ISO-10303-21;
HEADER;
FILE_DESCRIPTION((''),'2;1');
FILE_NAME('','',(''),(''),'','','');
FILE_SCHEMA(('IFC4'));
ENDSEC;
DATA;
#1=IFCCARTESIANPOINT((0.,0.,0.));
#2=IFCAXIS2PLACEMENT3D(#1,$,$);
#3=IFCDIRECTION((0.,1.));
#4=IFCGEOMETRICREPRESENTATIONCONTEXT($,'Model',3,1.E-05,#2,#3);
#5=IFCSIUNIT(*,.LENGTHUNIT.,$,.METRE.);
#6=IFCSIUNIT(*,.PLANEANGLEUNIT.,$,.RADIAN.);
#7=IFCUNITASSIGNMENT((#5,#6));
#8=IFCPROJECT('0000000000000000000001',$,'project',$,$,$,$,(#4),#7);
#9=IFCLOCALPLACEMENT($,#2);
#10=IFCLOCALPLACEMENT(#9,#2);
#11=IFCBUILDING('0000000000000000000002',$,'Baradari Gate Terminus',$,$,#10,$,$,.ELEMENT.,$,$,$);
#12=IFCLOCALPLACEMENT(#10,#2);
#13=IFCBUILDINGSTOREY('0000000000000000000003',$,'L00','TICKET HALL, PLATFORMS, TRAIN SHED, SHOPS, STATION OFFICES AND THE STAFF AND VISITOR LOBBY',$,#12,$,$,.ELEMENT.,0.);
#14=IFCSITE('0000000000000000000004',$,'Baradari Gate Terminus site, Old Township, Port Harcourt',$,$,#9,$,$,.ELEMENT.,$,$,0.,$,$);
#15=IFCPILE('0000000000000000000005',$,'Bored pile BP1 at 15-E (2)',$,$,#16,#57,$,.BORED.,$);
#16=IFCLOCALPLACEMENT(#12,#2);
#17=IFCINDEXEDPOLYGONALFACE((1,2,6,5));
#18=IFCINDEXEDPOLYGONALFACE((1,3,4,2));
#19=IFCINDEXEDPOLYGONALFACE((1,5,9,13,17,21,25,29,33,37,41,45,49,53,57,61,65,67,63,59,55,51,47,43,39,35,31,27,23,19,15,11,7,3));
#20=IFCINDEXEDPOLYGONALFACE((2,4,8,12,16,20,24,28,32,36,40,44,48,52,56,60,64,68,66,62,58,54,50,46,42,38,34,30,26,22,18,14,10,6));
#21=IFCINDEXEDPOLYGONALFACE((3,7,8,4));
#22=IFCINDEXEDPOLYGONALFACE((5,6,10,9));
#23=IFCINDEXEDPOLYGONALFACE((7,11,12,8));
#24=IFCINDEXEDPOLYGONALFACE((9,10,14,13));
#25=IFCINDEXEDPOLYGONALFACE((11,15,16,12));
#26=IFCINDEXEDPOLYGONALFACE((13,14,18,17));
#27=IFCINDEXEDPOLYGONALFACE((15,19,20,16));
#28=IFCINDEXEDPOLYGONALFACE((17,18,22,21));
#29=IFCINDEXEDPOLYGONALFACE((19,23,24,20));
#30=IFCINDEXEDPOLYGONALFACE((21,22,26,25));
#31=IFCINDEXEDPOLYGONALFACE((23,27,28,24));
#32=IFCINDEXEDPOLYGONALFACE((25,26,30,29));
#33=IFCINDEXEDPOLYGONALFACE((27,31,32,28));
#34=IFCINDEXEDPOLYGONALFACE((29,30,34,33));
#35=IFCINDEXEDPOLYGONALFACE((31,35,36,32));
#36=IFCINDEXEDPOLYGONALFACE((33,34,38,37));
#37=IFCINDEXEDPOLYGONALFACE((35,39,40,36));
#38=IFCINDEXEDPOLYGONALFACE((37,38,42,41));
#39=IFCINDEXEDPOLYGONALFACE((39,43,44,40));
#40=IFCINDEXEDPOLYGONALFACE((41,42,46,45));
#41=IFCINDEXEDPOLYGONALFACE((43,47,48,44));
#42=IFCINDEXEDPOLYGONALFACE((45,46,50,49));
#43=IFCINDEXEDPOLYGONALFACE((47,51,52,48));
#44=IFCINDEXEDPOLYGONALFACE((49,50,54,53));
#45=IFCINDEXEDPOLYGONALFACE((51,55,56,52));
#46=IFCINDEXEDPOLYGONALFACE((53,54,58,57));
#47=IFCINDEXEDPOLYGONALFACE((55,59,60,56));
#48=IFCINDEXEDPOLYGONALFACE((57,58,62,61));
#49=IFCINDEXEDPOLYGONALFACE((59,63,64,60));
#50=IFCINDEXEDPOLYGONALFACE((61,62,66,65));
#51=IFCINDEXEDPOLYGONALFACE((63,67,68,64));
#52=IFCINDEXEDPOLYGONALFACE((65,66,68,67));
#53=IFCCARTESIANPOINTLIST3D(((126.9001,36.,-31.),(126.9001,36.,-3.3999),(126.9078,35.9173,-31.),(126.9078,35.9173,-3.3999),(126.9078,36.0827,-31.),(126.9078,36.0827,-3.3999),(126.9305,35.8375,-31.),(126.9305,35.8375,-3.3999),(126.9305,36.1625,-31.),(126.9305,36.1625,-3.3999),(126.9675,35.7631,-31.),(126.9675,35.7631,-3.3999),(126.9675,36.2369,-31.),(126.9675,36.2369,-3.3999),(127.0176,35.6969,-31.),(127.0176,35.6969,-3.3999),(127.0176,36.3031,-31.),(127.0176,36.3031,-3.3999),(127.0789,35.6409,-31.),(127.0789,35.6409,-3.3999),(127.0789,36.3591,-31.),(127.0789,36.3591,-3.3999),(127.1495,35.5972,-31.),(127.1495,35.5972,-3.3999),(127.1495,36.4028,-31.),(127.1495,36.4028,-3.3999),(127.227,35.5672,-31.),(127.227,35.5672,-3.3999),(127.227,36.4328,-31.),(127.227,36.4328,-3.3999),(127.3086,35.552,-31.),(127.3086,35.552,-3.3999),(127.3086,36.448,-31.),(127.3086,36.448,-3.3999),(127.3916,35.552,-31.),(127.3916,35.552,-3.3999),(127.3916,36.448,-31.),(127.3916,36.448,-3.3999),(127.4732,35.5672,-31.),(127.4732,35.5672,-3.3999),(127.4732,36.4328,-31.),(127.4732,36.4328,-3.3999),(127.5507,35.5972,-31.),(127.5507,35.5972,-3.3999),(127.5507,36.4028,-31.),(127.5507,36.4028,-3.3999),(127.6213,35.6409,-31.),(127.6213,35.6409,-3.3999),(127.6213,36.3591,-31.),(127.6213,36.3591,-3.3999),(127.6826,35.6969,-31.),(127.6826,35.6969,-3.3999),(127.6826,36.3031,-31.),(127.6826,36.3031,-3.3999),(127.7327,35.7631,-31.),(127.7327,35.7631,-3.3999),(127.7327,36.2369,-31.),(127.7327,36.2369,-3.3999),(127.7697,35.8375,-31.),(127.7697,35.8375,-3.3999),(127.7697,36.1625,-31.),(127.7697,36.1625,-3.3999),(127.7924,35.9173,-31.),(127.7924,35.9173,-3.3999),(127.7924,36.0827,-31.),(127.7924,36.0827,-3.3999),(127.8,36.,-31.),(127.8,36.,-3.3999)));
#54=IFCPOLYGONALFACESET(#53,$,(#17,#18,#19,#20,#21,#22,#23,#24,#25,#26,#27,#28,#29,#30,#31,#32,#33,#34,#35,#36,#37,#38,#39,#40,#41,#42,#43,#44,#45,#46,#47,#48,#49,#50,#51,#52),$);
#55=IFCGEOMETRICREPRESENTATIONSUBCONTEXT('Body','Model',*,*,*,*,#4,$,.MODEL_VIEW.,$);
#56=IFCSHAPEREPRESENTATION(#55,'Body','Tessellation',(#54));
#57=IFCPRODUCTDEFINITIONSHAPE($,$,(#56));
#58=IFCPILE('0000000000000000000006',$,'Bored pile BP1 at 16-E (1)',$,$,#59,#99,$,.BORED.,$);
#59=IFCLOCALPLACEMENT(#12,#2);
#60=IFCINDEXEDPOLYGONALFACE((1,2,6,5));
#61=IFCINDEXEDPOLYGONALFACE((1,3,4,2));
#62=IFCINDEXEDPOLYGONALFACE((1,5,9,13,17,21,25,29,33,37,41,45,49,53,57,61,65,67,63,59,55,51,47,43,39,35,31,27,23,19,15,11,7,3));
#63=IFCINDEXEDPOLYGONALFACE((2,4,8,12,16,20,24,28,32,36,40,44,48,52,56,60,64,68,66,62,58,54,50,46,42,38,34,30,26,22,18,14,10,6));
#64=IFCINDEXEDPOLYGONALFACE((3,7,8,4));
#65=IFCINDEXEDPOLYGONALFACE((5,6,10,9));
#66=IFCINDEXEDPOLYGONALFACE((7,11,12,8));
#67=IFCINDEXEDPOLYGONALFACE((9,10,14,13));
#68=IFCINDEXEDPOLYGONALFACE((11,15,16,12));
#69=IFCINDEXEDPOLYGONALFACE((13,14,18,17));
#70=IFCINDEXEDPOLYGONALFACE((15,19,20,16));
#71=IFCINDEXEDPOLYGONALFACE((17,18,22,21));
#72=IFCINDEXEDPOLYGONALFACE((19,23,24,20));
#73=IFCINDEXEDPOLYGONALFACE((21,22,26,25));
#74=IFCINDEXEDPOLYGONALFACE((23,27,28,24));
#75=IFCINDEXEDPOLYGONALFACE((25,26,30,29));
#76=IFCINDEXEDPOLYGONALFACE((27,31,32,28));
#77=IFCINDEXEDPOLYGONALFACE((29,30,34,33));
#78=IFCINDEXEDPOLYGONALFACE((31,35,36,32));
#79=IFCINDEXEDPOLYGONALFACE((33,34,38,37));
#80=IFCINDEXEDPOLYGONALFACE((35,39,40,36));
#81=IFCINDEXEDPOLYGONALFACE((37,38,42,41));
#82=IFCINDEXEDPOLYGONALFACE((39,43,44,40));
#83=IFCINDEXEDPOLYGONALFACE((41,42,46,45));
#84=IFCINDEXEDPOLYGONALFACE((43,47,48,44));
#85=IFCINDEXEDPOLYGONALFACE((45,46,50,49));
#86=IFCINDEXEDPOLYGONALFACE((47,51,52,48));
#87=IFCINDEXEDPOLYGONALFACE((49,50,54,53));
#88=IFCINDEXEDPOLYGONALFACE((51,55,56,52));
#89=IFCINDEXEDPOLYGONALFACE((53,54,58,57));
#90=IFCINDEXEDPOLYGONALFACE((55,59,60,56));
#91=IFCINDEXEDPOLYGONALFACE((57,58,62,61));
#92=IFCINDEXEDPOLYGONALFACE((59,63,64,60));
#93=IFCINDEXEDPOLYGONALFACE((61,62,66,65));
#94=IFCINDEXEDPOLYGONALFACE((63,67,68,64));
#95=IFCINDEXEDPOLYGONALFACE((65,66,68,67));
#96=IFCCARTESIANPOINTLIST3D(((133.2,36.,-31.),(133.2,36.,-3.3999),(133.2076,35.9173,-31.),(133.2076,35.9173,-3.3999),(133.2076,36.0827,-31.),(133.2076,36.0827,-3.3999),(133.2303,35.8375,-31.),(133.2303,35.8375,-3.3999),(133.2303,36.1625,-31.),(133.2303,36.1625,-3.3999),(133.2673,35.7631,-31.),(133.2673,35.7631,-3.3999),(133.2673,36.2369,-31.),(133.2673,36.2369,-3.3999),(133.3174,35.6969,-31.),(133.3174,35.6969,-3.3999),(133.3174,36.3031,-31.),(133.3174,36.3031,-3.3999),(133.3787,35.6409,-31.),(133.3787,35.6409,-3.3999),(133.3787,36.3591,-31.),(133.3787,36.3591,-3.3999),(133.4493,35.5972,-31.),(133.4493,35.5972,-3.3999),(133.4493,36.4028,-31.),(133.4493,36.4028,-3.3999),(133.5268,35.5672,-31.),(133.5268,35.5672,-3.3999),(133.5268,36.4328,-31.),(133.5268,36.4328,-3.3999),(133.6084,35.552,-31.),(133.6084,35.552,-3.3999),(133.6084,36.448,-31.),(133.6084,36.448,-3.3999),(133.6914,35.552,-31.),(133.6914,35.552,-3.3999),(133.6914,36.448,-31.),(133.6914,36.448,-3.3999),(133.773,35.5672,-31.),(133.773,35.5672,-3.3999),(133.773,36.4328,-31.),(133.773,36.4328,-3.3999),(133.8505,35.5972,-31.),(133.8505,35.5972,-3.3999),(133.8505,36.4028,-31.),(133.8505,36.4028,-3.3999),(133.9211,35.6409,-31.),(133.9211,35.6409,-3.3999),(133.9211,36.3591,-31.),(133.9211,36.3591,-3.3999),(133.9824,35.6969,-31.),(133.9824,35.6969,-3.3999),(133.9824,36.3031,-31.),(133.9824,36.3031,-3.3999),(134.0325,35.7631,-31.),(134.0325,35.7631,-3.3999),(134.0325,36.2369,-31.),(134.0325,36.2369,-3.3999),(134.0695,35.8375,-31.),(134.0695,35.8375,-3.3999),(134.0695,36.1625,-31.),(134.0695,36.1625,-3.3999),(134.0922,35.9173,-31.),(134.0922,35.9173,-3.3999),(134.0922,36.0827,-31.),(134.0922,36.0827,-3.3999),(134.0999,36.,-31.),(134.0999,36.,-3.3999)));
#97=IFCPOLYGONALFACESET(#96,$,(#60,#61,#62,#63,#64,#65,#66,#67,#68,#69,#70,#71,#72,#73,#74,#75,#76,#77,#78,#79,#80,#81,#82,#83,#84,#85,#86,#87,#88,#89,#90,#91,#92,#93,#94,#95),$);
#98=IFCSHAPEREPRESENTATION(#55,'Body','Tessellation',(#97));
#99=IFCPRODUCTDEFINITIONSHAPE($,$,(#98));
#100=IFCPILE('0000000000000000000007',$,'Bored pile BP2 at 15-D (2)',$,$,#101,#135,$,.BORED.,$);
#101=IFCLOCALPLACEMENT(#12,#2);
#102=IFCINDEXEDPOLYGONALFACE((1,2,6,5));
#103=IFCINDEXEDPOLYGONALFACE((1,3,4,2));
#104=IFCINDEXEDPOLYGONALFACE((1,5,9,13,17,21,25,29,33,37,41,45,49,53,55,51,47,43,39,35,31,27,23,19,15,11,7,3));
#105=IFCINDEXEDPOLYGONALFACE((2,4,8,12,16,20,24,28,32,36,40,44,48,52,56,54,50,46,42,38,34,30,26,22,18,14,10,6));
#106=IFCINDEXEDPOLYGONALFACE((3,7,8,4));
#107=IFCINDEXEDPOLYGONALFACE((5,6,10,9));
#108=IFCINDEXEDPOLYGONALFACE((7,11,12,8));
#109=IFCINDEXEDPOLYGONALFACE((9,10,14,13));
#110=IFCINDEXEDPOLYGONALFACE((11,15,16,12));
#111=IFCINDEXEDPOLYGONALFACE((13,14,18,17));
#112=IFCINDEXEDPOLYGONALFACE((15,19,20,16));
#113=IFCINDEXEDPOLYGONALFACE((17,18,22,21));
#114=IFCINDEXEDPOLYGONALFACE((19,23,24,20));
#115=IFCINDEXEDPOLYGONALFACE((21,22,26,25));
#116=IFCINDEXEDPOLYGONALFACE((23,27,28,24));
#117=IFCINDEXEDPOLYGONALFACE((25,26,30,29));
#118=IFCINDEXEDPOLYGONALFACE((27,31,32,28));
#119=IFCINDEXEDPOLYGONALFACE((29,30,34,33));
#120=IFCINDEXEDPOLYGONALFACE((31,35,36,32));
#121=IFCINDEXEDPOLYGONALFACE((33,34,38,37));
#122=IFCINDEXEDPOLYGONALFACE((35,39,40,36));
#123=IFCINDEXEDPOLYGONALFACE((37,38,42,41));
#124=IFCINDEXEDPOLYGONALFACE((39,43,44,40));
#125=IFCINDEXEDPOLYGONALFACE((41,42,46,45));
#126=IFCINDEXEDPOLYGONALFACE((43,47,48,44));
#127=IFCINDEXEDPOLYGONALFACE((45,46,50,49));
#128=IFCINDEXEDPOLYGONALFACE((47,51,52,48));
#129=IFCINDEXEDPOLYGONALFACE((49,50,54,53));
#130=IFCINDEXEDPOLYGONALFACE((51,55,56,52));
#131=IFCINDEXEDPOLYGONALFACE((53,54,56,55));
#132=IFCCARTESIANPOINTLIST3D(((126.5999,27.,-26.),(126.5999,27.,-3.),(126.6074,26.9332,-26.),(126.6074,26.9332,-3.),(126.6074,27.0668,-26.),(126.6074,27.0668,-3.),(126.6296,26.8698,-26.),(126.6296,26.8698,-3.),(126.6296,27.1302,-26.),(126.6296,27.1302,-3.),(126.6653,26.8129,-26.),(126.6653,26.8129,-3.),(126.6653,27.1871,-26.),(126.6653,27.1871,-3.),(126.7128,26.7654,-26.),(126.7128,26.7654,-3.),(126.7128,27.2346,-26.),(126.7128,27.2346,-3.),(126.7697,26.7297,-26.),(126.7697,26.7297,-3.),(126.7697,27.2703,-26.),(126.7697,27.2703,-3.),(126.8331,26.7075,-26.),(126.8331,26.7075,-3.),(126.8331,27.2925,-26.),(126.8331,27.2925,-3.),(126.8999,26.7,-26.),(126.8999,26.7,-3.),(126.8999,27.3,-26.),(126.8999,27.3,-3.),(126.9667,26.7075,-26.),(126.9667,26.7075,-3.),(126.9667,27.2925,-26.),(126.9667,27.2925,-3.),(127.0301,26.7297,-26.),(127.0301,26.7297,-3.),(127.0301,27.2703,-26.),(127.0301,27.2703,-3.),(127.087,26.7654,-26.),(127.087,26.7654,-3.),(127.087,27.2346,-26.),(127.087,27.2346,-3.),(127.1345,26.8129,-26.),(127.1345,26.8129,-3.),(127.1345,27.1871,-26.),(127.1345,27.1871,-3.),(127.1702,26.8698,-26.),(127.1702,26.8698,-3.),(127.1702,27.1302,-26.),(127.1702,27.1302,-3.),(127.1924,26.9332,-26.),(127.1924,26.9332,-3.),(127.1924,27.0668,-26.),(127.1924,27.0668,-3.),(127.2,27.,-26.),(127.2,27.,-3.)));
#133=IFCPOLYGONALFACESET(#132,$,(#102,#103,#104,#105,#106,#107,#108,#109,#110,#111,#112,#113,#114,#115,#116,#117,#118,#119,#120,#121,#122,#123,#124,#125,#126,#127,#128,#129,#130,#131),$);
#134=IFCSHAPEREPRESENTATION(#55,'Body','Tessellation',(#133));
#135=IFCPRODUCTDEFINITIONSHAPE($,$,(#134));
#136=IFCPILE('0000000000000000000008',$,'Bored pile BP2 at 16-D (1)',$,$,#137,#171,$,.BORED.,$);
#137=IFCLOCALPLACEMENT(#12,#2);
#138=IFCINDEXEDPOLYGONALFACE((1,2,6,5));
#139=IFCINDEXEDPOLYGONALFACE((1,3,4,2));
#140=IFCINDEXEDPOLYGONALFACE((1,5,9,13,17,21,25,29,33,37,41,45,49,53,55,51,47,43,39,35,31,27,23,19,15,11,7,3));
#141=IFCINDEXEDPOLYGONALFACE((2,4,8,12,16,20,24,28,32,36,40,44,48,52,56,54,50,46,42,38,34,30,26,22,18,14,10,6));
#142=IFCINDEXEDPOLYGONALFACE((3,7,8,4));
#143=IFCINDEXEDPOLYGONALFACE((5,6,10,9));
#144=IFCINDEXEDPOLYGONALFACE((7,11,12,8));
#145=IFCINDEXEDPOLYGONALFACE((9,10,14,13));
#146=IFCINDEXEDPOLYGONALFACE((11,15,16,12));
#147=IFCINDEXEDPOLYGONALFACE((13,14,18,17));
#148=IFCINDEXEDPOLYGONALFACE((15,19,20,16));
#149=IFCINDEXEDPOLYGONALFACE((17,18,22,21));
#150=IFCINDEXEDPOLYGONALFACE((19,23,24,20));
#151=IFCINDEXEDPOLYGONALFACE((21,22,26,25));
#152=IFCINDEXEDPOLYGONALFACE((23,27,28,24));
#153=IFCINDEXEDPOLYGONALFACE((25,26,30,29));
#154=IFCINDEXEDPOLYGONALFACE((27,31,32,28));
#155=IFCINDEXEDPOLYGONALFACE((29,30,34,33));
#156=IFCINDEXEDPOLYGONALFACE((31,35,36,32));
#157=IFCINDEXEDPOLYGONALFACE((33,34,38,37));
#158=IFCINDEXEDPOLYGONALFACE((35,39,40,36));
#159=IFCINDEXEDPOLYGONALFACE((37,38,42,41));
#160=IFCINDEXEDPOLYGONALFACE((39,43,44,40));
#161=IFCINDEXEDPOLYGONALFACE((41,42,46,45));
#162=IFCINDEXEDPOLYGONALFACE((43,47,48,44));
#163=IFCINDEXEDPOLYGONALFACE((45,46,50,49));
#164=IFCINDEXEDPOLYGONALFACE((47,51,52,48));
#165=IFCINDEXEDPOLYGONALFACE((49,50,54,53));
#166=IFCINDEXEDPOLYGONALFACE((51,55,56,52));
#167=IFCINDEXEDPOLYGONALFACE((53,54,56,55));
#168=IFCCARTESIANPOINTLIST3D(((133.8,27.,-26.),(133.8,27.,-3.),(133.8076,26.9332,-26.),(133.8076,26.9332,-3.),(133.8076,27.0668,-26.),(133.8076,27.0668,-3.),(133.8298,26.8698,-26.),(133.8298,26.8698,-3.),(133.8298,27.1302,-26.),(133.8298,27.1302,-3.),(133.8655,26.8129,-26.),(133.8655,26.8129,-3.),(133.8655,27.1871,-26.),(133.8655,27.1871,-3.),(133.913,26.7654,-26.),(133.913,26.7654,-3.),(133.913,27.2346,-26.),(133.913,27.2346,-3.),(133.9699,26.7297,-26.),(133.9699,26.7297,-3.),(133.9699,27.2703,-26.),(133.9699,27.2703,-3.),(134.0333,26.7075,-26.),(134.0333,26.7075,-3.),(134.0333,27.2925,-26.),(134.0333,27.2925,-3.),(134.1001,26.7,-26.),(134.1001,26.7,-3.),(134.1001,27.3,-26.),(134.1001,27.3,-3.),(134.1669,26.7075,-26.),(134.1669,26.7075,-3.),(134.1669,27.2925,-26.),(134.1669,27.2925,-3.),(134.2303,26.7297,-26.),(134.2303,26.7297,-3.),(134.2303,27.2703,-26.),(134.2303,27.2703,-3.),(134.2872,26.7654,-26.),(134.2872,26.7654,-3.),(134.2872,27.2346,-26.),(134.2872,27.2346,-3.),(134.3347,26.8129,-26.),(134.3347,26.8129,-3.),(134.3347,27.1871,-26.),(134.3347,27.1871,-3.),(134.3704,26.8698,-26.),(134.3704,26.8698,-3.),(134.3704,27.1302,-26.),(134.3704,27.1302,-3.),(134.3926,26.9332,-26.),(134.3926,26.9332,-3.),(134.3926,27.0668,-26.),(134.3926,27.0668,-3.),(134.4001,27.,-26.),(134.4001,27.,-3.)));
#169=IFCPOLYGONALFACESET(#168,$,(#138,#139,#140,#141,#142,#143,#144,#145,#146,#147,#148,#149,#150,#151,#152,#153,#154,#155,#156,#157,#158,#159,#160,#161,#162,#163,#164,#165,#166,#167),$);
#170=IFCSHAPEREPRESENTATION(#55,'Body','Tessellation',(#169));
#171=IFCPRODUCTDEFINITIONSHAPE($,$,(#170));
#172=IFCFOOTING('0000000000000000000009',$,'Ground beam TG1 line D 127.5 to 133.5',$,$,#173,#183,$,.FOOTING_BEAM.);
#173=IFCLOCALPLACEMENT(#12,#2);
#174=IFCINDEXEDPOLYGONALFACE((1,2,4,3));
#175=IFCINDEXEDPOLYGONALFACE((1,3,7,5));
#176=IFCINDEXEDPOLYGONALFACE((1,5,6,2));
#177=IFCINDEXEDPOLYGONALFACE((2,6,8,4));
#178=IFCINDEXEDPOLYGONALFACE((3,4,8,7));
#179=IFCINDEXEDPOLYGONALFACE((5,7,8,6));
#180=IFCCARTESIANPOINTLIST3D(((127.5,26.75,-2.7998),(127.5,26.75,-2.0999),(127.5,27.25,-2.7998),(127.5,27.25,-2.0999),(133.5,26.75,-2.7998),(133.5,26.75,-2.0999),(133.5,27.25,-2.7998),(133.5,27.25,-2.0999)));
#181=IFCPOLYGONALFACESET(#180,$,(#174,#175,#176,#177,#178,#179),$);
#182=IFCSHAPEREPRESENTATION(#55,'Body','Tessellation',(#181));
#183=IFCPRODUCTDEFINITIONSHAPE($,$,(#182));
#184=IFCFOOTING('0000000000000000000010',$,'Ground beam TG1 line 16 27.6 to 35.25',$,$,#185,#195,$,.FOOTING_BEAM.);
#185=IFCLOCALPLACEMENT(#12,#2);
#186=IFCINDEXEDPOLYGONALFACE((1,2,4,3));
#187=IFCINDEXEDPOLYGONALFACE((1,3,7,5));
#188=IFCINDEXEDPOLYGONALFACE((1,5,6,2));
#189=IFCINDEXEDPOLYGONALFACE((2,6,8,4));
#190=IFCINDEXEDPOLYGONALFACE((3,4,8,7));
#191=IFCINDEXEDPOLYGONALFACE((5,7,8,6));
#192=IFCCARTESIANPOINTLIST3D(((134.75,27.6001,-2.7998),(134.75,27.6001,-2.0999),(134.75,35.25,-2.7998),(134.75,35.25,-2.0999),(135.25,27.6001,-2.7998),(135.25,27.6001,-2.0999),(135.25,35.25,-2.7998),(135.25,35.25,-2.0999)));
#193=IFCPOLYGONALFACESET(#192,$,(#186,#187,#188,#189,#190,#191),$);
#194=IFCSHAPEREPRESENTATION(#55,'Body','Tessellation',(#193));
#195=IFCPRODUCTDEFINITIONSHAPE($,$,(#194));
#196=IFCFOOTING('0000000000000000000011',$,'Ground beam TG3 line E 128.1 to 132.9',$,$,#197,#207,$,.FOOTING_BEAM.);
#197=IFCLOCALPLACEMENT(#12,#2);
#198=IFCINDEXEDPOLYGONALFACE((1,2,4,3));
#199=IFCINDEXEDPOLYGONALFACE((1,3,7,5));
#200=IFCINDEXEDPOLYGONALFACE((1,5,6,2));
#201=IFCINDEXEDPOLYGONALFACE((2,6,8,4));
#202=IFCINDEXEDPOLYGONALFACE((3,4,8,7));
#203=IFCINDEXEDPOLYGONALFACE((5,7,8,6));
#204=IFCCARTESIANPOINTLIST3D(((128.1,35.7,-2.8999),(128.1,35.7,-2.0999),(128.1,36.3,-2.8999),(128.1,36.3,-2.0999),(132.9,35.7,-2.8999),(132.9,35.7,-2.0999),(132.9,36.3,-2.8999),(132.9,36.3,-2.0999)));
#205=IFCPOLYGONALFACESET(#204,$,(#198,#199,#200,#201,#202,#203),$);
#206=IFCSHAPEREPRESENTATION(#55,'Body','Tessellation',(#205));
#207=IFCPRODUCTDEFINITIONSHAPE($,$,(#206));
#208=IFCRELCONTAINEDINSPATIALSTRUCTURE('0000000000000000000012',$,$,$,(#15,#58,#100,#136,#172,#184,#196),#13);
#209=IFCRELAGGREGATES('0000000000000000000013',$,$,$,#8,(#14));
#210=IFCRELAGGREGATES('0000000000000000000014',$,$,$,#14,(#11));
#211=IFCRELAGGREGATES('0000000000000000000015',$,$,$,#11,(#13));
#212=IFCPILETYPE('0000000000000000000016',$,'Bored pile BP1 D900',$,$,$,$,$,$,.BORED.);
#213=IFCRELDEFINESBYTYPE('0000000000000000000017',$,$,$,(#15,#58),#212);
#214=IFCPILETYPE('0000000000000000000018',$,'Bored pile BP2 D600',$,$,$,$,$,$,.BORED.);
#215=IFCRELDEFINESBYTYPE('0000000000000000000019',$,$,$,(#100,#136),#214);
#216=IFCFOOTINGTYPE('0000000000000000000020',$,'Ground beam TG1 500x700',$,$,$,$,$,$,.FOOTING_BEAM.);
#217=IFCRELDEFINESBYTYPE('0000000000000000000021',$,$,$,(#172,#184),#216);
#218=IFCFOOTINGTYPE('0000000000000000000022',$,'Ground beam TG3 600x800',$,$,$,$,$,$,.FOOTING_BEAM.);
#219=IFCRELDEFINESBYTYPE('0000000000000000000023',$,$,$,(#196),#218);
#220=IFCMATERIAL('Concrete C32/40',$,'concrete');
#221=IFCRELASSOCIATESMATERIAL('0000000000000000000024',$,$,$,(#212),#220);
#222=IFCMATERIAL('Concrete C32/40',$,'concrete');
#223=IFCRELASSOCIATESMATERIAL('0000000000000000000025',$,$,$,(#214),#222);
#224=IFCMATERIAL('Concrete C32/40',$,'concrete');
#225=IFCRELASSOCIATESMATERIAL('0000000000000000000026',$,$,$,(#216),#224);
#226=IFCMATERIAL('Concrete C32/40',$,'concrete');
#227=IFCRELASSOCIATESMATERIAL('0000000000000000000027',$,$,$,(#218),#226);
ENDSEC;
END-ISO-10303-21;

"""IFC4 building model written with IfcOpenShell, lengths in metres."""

from ifc_helpers import new_model, si_unit, direction, frame, origin, origin_2d, place, context, subcontext, project, spatial, rectangle, circle, extrude, material, type_object, element, save


model = new_model("IFC4")

# Units and contexts
model_context = context("Model", 3, precision=1e-05, world=origin(), true_north=direction((0.0, 1.0)))
body_context = subcontext(model_context, "Body", "Model", "MODEL_VIEW")
ifc_project = project(units=[si_unit("LENGTHUNIT", "METRE"), si_unit("PLANEANGLEUNIT", "RADIAN")], contexts=[model_context])

# Site, building, storey
site_placement = place(None, origin())
site = spatial("IfcSite", under=ifc_project, at=site_placement, Name="Baradari Gate Terminus site, Old Township, Port Harcourt", CompositionType="ELEMENT", RefElevation=0.0)
building_placement = place(site_placement, origin())
building = spatial("IfcBuilding", under=site, at=building_placement, Name="Baradari Gate Terminus", CompositionType="ELEMENT")
storey_placement = place(building_placement, origin())
storey = spatial("IfcBuildingStorey", under=building, at=storey_placement, Name="L00", Description="TICKET HALL, PLATFORMS, TRAIN SHED, SHOPS, STATION OFFICES AND THE STAFF AND VISITOR LOBBY", CompositionType="ELEMENT", Elevation=0.0)

# Piles
ifc_material_1 = material(Name="Concrete C32/40", Category="concrete")
pile_type_1 = type_object("IfcPileType", Name="Bored pile BP1 D900", PredefinedType="BORED", material=ifc_material_1)
for number, where, z_axis, x_axis, name in (
    (1, (127.3501, 36.0, -3.3999), (0.0, 0.0, -1.0), (1.0, 0.0, 0.0), "Bored pile BP1 at 15-E (2)"),
    (2, (133.6499, 36.0, -3.3999), (0.0, 0.0, -1.0), (1.0, 0.0, 0.0), "Bored pile BP1 at 16-E (1)"),
):
    element("IfcPile", number, at=place(storey_placement, frame(where, z_axis=z_axis, x_axis=x_axis)), inside=storey, type_object=pile_type_1, Name=name, PredefinedType="BORED", context=body_context, shape_type="SweptSolid", body=[
        extrude(circle(Radius=0.45, at=origin_2d()), origin(), (0.0, 0.0, 1.0), 27.6001),
    ])
ifc_material_2 = material(Name="Concrete C32/40", Category="concrete")
pile_type_2 = type_object("IfcPileType", Name="Bored pile BP2 D600", PredefinedType="BORED", material=ifc_material_2)
for number, where, z_axis, x_axis, name in (
    (3, (126.8999, 27.0, -3.0), (0.0, 0.0, -1.0), (1.0, 0.0, 0.0), "Bored pile BP2 at 15-D (2)"),
    (4, (134.1001, 27.0, -3.0), (0.0, 0.0, -1.0), (1.0, 0.0, 0.0), "Bored pile BP2 at 16-D (1)"),
):
    element("IfcPile", number, at=place(storey_placement, frame(where, z_axis=z_axis, x_axis=x_axis)), inside=storey, type_object=pile_type_2, Name=name, PredefinedType="BORED", context=body_context, shape_type="SweptSolid", body=[
        extrude(circle(Radius=0.3, at=origin_2d()), origin(), (0.0, 0.0, 1.0), 23.0),
    ])

# Footings
ifc_material_3 = material(Name="Concrete C32/40", Category="concrete")
footing_type_1 = type_object("IfcFootingType", Name="Ground beam TG1 500x700", PredefinedType="FOOTING_BEAM", material=ifc_material_3)
footing_1_placement = place(storey_placement, frame((130.5, 27.0, -2.7998), z_axis=(0.0, 0.0, 1.0), x_axis=(1.0, 0.0, 0.0)))
element("IfcFooting", 5, at=footing_1_placement, inside=storey, type_object=footing_type_1, Name="Ground beam TG1 line D 127.5 to 133.5", PredefinedType="FOOTING_BEAM", context=body_context, shape_type="SweptSolid", body=[
    extrude(rectangle(XDim=6.0, YDim=0.5, at=origin_2d()), origin(), (0.0, 0.0, 1.0), 0.7),
])
footing_2_placement = place(storey_placement, frame((135.0, 31.425, -2.7998), z_axis=(0.0, 0.0, 1.0), x_axis=(1.0, 0.0, 0.0)))
element("IfcFooting", 6, at=footing_2_placement, inside=storey, type_object=footing_type_1, Name="Ground beam TG1 line 16 27.6 to 35.25", PredefinedType="FOOTING_BEAM", context=body_context, shape_type="SweptSolid", body=[
    extrude(rectangle(XDim=0.5, YDim=7.6499, at=origin_2d()), origin(), (0.0, 0.0, 1.0), 0.7),
])
ifc_material_4 = material(Name="Concrete C32/40", Category="concrete")
footing_type_2 = type_object("IfcFootingType", Name="Ground beam TG3 600x800", PredefinedType="FOOTING_BEAM", material=ifc_material_4)
footing_3_placement = place(storey_placement, frame((130.5, 36.0, -2.8999), z_axis=(0.0, 0.0, 1.0), x_axis=(1.0, 0.0, 0.0)))
element("IfcFooting", 7, at=footing_3_placement, inside=storey, type_object=footing_type_2, Name="Ground beam TG3 line E 128.1 to 132.9", PredefinedType="FOOTING_BEAM", context=body_context, shape_type="SweptSolid", body=[
    extrude(rectangle(XDim=4.8, YDim=0.6001, at=origin_2d()), origin(), (0.0, 0.0, 1.0), 0.8),
])

save(model, "model.ifc")
